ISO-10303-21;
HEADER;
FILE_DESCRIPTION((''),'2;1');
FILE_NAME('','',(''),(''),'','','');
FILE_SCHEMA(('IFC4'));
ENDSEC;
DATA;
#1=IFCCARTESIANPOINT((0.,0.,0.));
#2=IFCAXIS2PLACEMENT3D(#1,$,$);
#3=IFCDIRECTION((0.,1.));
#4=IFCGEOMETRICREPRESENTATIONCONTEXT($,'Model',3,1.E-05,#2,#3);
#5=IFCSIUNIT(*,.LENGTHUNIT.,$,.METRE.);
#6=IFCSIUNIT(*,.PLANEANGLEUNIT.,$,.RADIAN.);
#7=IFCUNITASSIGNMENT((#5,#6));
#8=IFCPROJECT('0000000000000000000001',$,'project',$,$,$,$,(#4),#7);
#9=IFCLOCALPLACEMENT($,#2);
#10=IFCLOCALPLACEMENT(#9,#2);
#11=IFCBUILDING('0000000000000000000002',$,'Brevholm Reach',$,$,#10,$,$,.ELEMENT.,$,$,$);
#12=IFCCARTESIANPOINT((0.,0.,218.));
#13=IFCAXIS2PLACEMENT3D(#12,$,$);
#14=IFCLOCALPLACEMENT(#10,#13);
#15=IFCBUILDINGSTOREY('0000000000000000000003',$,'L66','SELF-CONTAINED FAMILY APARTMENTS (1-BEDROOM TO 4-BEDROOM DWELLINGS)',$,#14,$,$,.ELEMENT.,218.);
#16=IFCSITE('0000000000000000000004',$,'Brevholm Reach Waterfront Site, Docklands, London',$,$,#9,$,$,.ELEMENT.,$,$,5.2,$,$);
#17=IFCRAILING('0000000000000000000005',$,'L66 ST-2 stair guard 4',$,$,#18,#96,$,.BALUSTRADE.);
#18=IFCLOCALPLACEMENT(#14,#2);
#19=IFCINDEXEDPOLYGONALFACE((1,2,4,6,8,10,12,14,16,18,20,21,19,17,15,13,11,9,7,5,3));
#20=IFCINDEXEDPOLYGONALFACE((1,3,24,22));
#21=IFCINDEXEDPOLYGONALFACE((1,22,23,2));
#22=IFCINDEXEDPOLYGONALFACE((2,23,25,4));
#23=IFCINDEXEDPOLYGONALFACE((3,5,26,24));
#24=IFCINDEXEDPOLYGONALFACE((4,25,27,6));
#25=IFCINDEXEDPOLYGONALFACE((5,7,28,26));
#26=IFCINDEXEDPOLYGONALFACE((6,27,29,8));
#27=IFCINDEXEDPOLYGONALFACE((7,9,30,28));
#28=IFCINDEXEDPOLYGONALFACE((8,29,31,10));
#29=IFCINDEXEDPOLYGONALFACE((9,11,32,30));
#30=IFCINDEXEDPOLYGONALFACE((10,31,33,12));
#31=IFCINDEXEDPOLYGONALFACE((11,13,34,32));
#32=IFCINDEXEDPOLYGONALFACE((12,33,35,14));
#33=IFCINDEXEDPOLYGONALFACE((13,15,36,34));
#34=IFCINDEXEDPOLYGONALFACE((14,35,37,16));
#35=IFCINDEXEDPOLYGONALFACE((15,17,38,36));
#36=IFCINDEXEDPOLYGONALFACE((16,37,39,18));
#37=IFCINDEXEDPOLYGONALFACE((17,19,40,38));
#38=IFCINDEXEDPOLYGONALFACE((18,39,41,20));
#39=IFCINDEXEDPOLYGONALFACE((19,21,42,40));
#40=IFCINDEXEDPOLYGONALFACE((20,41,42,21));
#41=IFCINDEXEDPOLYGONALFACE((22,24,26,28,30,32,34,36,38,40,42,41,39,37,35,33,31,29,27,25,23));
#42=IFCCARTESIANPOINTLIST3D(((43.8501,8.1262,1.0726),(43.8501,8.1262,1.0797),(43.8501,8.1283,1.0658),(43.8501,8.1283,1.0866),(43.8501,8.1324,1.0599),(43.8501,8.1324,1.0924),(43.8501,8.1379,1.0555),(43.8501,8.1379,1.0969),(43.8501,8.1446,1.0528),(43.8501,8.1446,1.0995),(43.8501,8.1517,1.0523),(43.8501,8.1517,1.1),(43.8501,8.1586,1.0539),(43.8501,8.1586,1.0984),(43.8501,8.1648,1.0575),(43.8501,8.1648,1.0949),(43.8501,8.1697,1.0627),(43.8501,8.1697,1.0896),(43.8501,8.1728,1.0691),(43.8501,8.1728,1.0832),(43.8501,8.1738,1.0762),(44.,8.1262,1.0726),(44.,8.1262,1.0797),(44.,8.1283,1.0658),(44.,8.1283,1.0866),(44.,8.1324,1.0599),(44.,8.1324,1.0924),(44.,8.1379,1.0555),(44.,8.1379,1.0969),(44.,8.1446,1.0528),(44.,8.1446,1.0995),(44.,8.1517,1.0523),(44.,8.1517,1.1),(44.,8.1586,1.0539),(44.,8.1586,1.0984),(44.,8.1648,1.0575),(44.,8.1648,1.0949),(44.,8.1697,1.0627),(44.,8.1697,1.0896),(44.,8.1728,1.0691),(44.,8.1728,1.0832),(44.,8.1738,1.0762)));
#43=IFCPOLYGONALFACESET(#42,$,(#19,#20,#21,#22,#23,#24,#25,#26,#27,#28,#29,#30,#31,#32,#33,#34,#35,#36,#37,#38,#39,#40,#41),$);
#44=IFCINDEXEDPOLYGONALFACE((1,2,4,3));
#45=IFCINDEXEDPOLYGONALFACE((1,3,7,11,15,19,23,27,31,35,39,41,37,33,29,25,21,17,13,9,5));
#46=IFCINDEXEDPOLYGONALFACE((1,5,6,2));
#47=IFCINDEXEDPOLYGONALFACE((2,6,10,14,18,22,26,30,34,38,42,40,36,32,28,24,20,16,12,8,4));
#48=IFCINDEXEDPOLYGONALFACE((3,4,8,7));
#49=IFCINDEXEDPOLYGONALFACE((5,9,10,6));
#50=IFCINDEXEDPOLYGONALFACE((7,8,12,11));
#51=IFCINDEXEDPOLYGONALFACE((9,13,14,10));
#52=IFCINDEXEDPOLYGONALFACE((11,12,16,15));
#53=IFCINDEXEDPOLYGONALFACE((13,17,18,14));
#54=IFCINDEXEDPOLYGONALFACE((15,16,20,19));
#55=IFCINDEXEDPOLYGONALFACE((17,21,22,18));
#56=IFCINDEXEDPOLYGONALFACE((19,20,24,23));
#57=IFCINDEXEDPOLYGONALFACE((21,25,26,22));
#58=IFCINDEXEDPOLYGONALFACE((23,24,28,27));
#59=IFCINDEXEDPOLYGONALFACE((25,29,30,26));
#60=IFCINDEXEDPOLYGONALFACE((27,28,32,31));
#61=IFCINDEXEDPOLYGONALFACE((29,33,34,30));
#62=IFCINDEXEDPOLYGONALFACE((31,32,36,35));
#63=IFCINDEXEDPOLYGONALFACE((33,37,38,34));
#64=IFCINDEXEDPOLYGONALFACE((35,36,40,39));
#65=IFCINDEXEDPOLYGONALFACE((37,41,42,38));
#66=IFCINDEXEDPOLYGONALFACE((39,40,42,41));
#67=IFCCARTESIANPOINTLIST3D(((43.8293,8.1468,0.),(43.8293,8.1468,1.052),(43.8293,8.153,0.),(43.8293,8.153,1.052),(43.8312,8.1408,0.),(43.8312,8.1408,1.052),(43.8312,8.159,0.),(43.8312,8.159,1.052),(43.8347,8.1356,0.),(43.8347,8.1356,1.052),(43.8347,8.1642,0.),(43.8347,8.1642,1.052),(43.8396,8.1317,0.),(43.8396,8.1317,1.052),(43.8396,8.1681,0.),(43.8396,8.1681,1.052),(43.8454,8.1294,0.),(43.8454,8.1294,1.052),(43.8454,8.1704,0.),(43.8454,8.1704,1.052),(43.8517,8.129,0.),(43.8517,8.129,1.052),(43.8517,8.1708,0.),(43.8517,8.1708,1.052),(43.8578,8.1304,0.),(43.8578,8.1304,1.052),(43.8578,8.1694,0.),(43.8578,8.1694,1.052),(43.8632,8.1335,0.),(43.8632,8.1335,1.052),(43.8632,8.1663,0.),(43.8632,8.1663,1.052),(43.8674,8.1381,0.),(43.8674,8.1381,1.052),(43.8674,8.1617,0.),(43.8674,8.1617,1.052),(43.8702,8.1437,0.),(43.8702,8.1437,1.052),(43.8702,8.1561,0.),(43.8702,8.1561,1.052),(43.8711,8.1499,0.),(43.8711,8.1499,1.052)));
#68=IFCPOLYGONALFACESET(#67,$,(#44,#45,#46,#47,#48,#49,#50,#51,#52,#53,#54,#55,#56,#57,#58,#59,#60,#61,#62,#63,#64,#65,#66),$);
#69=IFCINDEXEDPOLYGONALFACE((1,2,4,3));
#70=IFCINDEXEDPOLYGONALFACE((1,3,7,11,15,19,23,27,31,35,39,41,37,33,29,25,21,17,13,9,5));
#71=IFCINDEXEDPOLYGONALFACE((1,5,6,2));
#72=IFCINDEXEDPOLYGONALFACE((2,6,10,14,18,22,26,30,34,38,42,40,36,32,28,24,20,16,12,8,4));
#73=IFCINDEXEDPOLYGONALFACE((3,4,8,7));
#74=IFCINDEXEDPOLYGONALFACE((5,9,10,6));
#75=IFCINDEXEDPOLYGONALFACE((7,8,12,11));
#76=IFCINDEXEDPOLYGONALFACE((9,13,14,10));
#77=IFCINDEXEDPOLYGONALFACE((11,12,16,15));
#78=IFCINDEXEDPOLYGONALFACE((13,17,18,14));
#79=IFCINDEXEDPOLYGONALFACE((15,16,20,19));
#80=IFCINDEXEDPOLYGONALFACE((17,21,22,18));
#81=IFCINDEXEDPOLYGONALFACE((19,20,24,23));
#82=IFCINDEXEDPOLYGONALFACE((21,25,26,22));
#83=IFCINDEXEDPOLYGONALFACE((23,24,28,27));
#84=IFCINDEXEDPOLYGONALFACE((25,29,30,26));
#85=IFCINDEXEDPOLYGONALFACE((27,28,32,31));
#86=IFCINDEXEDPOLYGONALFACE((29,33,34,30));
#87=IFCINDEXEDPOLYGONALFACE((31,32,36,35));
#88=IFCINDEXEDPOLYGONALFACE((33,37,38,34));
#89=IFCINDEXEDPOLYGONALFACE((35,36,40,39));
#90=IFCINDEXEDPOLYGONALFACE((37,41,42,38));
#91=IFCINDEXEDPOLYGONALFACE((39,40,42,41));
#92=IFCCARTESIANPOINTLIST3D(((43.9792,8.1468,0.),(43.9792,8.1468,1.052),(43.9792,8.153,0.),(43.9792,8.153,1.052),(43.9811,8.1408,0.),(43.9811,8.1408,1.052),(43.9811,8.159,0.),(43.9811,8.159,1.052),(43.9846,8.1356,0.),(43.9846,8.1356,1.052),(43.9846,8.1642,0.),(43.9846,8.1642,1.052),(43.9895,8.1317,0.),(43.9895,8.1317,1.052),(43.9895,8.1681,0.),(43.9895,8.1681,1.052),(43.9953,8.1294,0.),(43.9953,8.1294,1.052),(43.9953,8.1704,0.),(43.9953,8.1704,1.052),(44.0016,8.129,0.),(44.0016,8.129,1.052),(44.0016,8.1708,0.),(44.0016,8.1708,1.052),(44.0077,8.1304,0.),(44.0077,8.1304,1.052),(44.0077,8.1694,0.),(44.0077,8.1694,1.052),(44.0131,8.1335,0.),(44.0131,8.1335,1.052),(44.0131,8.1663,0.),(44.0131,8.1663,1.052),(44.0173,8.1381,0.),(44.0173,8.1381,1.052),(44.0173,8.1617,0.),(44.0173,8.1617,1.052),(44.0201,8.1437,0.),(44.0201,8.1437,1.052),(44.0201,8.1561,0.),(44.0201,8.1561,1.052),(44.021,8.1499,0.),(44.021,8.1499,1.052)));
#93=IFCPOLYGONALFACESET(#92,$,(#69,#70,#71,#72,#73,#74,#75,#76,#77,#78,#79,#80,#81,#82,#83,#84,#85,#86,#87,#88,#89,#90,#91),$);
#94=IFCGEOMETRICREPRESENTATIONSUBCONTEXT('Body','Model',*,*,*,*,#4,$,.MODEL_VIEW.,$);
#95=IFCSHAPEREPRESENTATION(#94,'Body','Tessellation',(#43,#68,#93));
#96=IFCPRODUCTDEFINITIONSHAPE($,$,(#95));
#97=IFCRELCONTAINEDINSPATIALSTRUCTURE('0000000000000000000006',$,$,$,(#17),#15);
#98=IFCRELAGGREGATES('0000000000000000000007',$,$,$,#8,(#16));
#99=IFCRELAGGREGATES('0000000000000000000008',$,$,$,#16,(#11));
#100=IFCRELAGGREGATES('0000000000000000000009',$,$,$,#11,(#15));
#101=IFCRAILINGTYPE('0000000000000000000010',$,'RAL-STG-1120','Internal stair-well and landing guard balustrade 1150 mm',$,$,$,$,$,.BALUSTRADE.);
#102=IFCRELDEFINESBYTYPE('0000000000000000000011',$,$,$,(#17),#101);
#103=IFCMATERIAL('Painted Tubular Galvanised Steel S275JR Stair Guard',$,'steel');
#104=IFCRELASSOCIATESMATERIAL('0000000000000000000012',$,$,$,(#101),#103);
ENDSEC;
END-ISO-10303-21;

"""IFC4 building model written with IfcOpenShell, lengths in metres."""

from ifc_helpers import new_model, si_unit, direction, frame, origin, origin_2d, place, context, subcontext, project, spatial, circle, extrude, material, type_object, element, save


model = new_model("IFC4")

# Units and contexts
model_context = context("Model", 3, precision=1e-05, world=origin(), true_north=direction((0.0, 1.0)))
body_context = subcontext(model_context, "Body", "Model", "MODEL_VIEW")
ifc_project = project(units=[si_unit("LENGTHUNIT", "METRE"), si_unit("PLANEANGLEUNIT", "RADIAN")], contexts=[model_context])

# Site, building, storey
site_placement = place(None, origin())
site = spatial("IfcSite", under=ifc_project, at=site_placement, Name="Brevholm Reach Waterfront Site, Docklands, London", CompositionType="ELEMENT", RefElevation=5.2)
building_placement = place(site_placement, origin())
building = spatial("IfcBuilding", under=site, at=building_placement, Name="Brevholm Reach", CompositionType="ELEMENT")
storey_placement = place(building_placement, frame((0.0, 0.0, 218.0)))
storey = spatial("IfcBuildingStorey", under=building, at=storey_placement, Name="L66", Description="SELF-CONTAINED FAMILY APARTMENTS (1-BEDROOM TO 4-BEDROOM DWELLINGS)", CompositionType="ELEMENT", Elevation=218.0)

# Railing
ifc_material_1 = material(Name="Painted Tubular Galvanised Steel S275JR Stair Guard", Category="steel")
railing_type_1 = type_object("IfcRailingType", Name="RAL-STG-1120", Description="Internal stair-well and landing guard balustrade 1150 mm", PredefinedType="BALUSTRADE", material=ifc_material_1)
railing_1_placement = place(storey_placement, frame((43.8501, 8.1499, 0.0)))
element("IfcRailing", 1, at=railing_1_placement, inside=storey, type_object=railing_type_1, Name="L66 ST-2 stair guard 4", PredefinedType="BALUSTRADE", context=body_context, shape_type="SweptSolid", body=[
    extrude(circle(Radius=0.0239, at=origin_2d()), frame((0.0, 0.0, 1.0762), z_axis=(1.0, 0.0, 0.0), x_axis=(0.0, 1.0, 0.0)), (0.0, 0.0, 1.0), 0.1499),
    extrude(circle(Radius=0.021, at=origin_2d()), origin(), (0.0, 0.0, 1.0), 1.052),
    extrude(circle(Radius=0.021, at=origin_2d()), frame((0.1499, 0.0, 0.0)), (0.0, 0.0, 1.0), 1.052),
])

save(model, "model.ifc")
